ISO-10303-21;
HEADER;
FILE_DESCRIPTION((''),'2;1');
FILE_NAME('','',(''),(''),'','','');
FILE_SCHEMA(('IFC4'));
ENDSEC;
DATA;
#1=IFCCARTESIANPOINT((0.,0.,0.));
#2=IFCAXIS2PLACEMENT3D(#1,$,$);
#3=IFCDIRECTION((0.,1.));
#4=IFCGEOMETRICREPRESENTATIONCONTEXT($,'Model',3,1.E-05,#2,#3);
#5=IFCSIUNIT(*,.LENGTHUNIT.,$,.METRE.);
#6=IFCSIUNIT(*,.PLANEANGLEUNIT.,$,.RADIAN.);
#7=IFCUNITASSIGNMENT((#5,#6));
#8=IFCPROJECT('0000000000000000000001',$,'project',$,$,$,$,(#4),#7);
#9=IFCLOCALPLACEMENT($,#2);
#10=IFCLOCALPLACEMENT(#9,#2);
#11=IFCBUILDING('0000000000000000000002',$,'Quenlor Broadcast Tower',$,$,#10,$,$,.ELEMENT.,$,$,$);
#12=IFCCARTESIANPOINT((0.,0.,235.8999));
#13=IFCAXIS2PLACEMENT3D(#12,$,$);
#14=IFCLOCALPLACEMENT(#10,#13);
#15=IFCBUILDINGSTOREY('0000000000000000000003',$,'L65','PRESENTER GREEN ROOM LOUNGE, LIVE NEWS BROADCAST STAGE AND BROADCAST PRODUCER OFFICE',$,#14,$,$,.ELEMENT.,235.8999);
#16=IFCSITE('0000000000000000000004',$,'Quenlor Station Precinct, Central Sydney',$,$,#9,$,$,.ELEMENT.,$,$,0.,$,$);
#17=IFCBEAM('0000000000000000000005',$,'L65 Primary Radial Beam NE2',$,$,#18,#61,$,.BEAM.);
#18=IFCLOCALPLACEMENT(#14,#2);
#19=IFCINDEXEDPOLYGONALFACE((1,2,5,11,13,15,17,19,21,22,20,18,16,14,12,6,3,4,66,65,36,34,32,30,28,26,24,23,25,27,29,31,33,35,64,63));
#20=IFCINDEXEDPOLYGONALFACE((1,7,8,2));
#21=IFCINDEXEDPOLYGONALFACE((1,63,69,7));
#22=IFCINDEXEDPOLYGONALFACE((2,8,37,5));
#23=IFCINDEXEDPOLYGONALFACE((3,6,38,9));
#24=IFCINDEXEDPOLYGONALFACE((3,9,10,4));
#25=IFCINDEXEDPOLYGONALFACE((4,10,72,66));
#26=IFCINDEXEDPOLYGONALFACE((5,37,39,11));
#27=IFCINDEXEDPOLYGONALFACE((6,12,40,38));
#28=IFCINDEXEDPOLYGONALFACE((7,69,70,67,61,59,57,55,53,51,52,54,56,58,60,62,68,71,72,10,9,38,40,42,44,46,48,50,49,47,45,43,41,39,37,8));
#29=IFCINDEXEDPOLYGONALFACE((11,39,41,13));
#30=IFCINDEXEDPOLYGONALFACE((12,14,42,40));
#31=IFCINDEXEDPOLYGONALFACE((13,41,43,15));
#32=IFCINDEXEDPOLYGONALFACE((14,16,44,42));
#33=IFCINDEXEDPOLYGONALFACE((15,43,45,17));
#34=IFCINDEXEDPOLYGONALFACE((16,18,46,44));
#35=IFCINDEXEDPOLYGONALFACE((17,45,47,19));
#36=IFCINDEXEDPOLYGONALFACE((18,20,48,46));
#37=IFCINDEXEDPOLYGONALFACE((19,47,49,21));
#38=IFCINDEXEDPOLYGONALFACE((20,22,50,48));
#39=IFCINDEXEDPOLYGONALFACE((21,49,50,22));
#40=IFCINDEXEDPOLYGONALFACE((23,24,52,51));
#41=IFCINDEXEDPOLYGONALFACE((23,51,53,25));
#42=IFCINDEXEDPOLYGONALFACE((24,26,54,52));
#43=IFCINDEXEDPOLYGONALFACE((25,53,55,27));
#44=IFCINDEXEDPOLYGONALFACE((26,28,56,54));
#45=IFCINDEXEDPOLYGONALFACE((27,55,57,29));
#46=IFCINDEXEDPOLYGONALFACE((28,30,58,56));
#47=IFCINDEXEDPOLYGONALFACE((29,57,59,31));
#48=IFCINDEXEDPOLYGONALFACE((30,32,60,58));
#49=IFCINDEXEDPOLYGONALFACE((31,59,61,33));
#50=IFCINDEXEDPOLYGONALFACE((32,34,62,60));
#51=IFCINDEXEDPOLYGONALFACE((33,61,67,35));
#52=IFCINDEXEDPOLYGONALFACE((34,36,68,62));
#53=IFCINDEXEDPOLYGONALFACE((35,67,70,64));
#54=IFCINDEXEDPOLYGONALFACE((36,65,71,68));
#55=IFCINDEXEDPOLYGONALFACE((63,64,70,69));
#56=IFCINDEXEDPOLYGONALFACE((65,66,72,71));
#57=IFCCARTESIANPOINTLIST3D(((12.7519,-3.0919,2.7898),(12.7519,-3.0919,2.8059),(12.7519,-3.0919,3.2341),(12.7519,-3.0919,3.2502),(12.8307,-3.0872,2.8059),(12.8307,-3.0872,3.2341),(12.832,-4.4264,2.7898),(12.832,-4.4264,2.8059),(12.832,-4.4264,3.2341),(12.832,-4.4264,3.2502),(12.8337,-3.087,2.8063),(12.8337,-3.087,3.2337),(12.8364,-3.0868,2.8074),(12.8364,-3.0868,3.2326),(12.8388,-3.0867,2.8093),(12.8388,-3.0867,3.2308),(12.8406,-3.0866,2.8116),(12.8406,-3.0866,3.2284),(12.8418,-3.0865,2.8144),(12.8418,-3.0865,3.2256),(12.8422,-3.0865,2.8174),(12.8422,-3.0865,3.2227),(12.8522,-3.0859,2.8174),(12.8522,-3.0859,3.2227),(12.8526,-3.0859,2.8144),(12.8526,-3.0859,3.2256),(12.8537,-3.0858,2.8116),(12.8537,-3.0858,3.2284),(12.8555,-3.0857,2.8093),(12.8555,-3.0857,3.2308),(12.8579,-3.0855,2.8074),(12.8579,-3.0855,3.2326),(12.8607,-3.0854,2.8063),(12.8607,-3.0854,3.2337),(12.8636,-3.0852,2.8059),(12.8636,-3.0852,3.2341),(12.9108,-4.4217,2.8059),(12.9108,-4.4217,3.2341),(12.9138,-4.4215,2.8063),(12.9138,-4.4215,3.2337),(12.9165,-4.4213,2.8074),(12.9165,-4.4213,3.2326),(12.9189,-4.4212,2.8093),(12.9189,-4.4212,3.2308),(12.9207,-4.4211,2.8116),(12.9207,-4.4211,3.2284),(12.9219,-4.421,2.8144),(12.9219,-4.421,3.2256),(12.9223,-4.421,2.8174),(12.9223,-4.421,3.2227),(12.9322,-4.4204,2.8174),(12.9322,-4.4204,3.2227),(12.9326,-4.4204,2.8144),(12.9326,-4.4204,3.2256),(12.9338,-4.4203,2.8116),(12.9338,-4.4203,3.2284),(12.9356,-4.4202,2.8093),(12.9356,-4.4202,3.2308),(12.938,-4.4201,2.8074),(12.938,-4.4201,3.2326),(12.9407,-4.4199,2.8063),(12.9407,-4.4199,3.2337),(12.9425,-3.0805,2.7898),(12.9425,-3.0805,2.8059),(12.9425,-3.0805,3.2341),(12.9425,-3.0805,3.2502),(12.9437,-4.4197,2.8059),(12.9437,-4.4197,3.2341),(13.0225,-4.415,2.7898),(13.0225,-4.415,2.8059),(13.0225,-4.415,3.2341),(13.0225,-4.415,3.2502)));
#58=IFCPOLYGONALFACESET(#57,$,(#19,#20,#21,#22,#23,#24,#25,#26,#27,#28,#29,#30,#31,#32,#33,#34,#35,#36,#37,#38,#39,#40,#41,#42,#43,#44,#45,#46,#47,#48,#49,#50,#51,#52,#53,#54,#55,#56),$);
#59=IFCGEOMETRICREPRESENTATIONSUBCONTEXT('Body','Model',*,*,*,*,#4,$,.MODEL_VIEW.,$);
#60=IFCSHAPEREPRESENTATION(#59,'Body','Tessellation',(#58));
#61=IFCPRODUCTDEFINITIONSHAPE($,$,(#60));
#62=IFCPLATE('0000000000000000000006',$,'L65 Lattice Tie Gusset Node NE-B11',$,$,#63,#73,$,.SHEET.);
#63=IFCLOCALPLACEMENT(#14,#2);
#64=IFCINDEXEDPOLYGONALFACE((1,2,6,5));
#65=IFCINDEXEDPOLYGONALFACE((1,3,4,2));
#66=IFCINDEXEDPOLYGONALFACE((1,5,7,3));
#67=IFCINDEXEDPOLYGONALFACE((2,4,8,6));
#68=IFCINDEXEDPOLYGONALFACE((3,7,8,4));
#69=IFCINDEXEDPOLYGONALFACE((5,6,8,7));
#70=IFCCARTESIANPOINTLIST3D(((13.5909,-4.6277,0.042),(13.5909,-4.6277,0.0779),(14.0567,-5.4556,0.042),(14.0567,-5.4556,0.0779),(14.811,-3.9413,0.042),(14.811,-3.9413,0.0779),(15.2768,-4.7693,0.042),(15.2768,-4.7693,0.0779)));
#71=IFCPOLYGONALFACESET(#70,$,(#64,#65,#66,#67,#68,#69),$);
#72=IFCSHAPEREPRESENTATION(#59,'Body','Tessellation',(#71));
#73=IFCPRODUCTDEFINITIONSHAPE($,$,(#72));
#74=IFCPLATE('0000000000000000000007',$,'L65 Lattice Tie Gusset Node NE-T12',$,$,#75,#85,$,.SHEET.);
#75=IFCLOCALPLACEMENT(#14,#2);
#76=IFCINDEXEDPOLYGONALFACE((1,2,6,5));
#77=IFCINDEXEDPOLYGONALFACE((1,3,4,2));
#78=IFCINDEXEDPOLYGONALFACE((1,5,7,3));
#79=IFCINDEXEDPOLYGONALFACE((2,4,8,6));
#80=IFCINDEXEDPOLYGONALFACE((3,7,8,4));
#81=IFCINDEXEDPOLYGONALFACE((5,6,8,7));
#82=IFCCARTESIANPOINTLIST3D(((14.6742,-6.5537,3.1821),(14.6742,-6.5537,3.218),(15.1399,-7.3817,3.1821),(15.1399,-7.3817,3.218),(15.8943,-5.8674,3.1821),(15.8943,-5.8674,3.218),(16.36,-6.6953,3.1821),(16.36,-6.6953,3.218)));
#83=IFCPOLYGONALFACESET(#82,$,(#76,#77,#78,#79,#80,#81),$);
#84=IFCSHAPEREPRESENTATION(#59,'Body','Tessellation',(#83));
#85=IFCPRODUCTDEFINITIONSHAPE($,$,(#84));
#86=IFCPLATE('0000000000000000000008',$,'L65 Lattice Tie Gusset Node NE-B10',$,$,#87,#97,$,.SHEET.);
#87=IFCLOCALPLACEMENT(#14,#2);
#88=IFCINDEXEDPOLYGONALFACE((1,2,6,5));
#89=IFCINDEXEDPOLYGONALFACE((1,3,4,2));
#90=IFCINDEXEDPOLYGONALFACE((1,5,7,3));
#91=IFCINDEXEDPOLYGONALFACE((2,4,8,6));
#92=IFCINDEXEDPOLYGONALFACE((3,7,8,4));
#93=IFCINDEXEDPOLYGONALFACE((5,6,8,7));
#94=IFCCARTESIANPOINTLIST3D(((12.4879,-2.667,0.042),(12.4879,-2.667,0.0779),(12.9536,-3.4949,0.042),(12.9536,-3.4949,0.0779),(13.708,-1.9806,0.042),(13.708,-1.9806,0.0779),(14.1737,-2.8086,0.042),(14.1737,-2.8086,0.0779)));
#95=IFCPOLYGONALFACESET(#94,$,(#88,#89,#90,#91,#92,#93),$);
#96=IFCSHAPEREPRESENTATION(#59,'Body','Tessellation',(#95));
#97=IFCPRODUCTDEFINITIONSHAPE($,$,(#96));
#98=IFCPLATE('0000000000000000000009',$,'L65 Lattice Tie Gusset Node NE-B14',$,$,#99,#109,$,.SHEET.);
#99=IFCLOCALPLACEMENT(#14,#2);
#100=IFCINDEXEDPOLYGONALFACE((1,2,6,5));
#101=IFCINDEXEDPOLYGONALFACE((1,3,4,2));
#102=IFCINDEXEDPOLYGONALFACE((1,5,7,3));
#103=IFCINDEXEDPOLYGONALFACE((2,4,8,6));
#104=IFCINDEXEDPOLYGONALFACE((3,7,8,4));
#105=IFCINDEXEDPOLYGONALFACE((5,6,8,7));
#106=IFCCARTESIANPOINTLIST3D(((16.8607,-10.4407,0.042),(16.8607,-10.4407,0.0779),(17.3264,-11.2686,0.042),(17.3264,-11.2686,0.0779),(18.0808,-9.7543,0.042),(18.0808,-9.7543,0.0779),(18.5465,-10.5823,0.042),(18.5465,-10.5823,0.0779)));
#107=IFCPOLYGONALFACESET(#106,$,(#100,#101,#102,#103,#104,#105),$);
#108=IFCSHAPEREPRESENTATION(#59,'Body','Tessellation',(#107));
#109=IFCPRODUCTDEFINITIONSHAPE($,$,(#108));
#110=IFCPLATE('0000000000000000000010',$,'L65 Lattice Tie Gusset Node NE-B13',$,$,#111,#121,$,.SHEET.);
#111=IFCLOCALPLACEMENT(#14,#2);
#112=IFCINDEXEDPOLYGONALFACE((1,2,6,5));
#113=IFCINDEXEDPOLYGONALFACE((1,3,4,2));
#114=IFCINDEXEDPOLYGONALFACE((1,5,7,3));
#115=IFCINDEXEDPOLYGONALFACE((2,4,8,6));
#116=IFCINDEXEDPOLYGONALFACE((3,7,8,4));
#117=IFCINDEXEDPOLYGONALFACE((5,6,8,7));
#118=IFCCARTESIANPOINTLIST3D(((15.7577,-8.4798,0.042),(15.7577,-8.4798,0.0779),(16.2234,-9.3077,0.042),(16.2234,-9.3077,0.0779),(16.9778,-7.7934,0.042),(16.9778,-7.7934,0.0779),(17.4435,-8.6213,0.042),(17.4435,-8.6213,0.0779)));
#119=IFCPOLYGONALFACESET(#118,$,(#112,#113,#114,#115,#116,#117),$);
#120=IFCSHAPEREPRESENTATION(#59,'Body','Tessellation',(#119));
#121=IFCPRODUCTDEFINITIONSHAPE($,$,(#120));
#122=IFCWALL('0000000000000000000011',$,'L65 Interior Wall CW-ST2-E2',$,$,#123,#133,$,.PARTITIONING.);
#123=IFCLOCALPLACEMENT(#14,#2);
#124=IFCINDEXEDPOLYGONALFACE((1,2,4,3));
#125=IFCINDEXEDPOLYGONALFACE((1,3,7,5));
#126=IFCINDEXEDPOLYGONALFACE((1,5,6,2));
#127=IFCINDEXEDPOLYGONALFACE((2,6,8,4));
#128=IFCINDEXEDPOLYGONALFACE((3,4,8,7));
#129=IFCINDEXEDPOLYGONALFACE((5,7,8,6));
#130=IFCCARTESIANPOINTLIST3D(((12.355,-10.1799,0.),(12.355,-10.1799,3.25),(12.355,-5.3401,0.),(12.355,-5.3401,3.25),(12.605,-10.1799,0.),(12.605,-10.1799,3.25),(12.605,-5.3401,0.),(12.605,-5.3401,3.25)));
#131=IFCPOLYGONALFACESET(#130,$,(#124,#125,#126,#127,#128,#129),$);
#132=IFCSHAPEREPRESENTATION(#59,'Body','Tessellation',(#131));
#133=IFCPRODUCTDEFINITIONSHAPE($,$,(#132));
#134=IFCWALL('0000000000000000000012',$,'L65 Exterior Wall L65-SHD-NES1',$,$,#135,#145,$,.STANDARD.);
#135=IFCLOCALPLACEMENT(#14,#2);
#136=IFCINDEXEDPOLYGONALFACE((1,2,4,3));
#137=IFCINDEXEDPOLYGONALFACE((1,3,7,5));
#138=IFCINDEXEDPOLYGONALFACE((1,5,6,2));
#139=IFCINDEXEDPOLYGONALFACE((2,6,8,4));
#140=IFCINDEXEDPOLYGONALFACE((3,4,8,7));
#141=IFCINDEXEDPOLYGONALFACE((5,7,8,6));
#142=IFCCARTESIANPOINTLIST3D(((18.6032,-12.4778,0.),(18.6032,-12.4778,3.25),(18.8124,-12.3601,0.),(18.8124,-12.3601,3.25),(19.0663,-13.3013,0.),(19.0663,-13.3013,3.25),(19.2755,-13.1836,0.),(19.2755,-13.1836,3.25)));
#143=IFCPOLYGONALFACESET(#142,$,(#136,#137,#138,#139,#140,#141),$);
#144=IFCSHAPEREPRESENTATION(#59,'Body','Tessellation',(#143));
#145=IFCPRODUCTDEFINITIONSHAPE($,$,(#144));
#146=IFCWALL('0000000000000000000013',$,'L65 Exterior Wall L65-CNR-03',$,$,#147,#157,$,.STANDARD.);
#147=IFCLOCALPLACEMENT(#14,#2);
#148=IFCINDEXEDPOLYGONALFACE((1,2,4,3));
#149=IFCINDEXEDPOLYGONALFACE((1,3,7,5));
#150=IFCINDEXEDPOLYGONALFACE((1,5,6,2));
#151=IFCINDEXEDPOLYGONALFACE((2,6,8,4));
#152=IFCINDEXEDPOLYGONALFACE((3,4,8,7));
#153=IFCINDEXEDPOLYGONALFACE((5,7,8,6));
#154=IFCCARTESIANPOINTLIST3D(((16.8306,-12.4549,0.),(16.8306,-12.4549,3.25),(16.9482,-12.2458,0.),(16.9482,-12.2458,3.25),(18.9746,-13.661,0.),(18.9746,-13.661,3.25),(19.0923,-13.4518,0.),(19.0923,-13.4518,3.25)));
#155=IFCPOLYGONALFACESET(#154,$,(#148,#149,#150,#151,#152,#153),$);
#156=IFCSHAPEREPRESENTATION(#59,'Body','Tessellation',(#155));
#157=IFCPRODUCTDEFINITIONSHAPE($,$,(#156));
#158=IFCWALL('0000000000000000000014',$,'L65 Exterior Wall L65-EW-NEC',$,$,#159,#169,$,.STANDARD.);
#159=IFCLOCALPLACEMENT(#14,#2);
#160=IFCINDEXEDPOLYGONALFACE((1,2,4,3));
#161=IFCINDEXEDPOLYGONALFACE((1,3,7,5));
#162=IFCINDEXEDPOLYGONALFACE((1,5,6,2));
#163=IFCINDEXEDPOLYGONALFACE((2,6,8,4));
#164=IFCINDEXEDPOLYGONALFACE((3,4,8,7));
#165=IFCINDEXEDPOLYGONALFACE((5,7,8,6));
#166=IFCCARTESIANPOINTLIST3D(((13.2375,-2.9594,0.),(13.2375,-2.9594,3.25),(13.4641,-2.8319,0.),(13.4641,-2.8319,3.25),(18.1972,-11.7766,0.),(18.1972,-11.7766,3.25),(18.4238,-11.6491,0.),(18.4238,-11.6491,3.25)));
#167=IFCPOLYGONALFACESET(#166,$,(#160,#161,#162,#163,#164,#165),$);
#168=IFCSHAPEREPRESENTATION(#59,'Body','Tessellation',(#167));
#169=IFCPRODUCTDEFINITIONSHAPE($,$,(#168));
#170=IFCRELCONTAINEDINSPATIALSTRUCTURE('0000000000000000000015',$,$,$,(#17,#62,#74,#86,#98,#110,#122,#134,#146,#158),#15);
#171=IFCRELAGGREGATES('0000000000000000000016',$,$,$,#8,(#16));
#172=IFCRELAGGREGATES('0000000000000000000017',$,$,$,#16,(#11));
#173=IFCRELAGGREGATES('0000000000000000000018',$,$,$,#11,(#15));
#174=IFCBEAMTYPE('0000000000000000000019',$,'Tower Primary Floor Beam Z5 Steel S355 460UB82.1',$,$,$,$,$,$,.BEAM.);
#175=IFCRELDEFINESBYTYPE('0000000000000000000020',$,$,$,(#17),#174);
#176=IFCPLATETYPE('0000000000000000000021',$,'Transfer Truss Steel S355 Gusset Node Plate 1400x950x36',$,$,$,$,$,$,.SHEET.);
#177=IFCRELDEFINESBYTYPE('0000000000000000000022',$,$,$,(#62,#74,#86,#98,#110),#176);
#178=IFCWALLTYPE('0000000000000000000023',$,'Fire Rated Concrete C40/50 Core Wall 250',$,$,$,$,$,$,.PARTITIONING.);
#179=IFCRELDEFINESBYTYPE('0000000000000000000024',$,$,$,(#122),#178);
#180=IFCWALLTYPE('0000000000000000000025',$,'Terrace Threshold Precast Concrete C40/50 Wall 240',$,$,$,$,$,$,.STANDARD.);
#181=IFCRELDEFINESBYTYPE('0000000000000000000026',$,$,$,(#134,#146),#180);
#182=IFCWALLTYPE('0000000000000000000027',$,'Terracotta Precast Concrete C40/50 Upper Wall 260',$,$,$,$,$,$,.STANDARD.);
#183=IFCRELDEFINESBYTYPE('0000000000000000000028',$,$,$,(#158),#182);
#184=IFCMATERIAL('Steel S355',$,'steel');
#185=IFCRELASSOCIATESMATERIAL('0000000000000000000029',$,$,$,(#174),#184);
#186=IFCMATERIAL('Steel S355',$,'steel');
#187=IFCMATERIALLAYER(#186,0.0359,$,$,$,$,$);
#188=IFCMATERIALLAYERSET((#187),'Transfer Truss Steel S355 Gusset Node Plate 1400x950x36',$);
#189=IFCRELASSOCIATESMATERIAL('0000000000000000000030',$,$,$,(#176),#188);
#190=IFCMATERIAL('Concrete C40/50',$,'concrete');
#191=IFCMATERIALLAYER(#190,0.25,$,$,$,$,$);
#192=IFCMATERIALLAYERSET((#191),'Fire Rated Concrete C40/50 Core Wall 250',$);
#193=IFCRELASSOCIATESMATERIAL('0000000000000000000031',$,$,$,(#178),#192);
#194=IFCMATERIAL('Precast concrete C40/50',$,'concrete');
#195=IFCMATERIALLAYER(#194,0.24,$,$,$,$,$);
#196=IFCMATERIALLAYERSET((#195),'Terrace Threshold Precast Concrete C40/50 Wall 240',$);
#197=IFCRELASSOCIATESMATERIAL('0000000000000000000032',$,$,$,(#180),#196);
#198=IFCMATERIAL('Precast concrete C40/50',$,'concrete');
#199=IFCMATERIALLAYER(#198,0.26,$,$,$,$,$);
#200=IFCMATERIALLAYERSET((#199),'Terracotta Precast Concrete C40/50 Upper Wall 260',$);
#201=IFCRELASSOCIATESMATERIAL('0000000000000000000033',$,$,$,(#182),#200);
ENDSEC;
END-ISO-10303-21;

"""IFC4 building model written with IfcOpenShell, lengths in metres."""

from ifc_helpers import new_model, si_unit, direction, frame, frame_2d, origin, origin_2d, place, context, subcontext, project, spatial, rectangle, i_section, extrude, material, layer, layer_set, material_profile, profile_set, type_object, element, save


model = new_model("IFC4")

# Units and contexts
model_context = context("Model", 3, precision=1e-05, world=origin(), true_north=direction((0.0, 1.0)))
body_context = subcontext(model_context, "Body", "Model", "MODEL_VIEW")
ifc_project = project(units=[si_unit("LENGTHUNIT", "METRE"), si_unit("PLANEANGLEUNIT", "RADIAN")], contexts=[model_context])

# Site, building, storey
site_placement = place(None, origin())
site = spatial("IfcSite", under=ifc_project, at=site_placement, Name="Quenlor Station Precinct, Central Sydney", CompositionType="ELEMENT", RefElevation=0.0)
building_placement = place(site_placement, origin())
building = spatial("IfcBuilding", under=site, at=building_placement, Name="Quenlor Broadcast Tower", CompositionType="ELEMENT")
storey_placement = place(building_placement, frame((0.0, 0.0, 235.8999)))
storey = spatial("IfcBuildingStorey", under=building, at=storey_placement, Name="L65", Description="PRESENTER GREEN ROOM LOUNGE, LIVE NEWS BROADCAST STAGE AND BROADCAST PRODUCER OFFICE", CompositionType="ELEMENT", Elevation=235.8999)

# Beam
ifc_material_1 = material(Name="Steel S355", Category="steel")
ifc_material_profile_1 = material_profile(ifc_material_1, i_section(OverallWidth=0.1909, OverallDepth=0.4604, WebThickness=0.01, FlangeThickness=0.0161, FilletRadius=0.0115, at=origin_2d()))
ifc_profile_set_1 = profile_set([ifc_material_profile_1], Name="Steel S355 460UB82.1")
beam_type_1 = type_object("IfcBeamType", Name="Tower Primary Floor Beam Z5 Steel S355 460UB82.1", PredefinedType="BEAM", material=ifc_profile_set_1)
beam_1_placement = place(storey_placement, frame((12.8472, -3.0862, 3.02), z_axis=(0.0599, -0.998204, 0.0), x_axis=(0.998204, 0.0599, 0.0)))
element("IfcBeam", 1, at=beam_1_placement, inside=storey, type_object=beam_type_1, Name="L65 Primary Radial Beam NE2", PredefinedType="BEAM", context=body_context, shape_type="SweptSolid", body=[
    extrude(i_section(OverallWidth=0.1909, OverallDepth=0.4604, WebThickness=0.01, FlangeThickness=0.0161, FilletRadius=0.0115, at=origin_2d()), origin(), (0.0, 0.0, 1.0), 1.3369),
])

# Plates
ifc_material_2 = material(Name="Steel S355", Category="steel")
ifc_layer_1 = layer(ifc_material_2, 0.0359)
ifc_layer_set_1 = layer_set([ifc_layer_1], Name="Transfer Truss Steel S355 Gusset Node Plate 1400x950x36")
plate_type = type_object("IfcPlateType", Name="Transfer Truss Steel S355 Gusset Node Plate 1400x950x36", PredefinedType="SHEET", material=ifc_layer_set_1)
for number, where, z_axis, x_axis, name in (
    (2, (14.4338, -4.6985, 0.042), (0.0, 0.0, 1.0), (0.871556, 0.490295, 0.0), "L65 Lattice Tie Gusset Node NE-B11"),
    (3, (15.5171, -6.6245, 3.1821), (0.0, 0.0, 1.0), (0.871556, 0.490295, 0.0), "L65 Lattice Tie Gusset Node NE-T12"),
    (4, (13.3308, -2.7378, 0.042), (0.0, 0.0, 1.0), (0.871556, 0.490295, 0.0), "L65 Lattice Tie Gusset Node NE-B10"),
    (5, (17.7036, -10.5115, 0.042), (0.0, 0.0, 1.0), (0.871556, 0.490295, 0.0), "L65 Lattice Tie Gusset Node NE-B14"),
    (6, (16.6006, -8.5505, 0.042), (0.0, 0.0, 1.0), (0.871556, 0.490295, 0.0), "L65 Lattice Tie Gusset Node NE-B13"),
):
    element("IfcPlate", number, at=place(storey_placement, frame(where, z_axis=z_axis, x_axis=x_axis)), inside=storey, type_object=plate_type, Name=name, PredefinedType="SHEET", context=body_context, shape_type="SweptSolid", body=[
        extrude(rectangle(XDim=1.3999, YDim=0.95, at=origin_2d()), origin(), (0.0, 0.0, 1.0), 0.0359),
    ])

# Walls
ifc_material_3 = material(Name="Concrete C40/50", Category="concrete")
ifc_layer_2 = layer(ifc_material_3, 0.25)
ifc_layer_set_2 = layer_set([ifc_layer_2], Name="Fire Rated Concrete C40/50 Core Wall 250")
wall_type_1 = type_object("IfcWallType", Name="Fire Rated Concrete C40/50 Core Wall 250", PredefinedType="PARTITIONING", material=ifc_layer_set_2)
wall_1_placement = place(storey_placement, frame((12.48, -10.1799, 0.0), z_axis=(0.0, 0.0, 1.0), x_axis=(0.0, 1.0, 0.0)))
element("IfcWall", 7, at=wall_1_placement, inside=storey, type_object=wall_type_1, Name="L65 Interior Wall CW-ST2-E2", PredefinedType="PARTITIONING", context=body_context, shape_type="SweptSolid", body=[
    extrude(rectangle(XDim=4.8398, YDim=0.25, at=frame_2d((2.4199, 0.0))), origin(), (0.0, 0.0, 1.0), 3.25),
])
ifc_material_4 = material(Name="Precast concrete C40/50", Category="concrete")
ifc_layer_3 = layer(ifc_material_4, 0.24)
ifc_layer_set_3 = layer_set([ifc_layer_3], Name="Terrace Threshold Precast Concrete C40/50 Wall 240")
wall_type_2 = type_object("IfcWallType", Name="Terrace Threshold Precast Concrete C40/50 Wall 240", PredefinedType="STANDARD", material=ifc_layer_set_3)
wall_2_placement = place(storey_placement, frame((18.7078, -12.4189, 0.0), z_axis=(0.0, 0.0, 1.0), x_axis=(0.4902, -0.87161, 0.0)))
element("IfcWall", 8, at=wall_2_placement, inside=storey, type_object=wall_type_2, Name="L65 Exterior Wall L65-SHD-NES1", PredefinedType="STANDARD", context=body_context, shape_type="SweptSolid", body=[
    extrude(rectangle(XDim=0.9448, YDim=0.24, at=frame_2d((0.4724, 0.0))), origin(), (0.0, 0.0, 1.0), 3.25),
])
wall_3_placement = place(storey_placement, frame((16.8894, -12.3503, 0.0), z_axis=(0.0, 0.0, 1.0), x_axis=(0.87157, -0.490271, 0.0)))
element("IfcWall", 9, at=wall_3_placement, inside=storey, type_object=wall_type_2, Name="L65 Exterior Wall L65-CNR-03", PredefinedType="STANDARD", context=body_context, shape_type="SweptSolid", body=[
    extrude(rectangle(XDim=2.46, YDim=0.24, at=frame_2d((1.23, 0.0))), origin(), (0.0, 0.0, 1.0), 3.25),
])
ifc_material_5 = material(Name="Precast concrete C40/50", Category="concrete")
ifc_layer_4 = layer(ifc_material_5, 0.26)
ifc_layer_set_4 = layer_set([ifc_layer_4], Name="Terracotta Precast Concrete C40/50 Upper Wall 260")
wall_type_3 = type_object("IfcWallType", Name="Terracotta Precast Concrete C40/50 Upper Wall 260", PredefinedType="STANDARD", material=ifc_layer_set_4)
wall_4_placement = place(storey_placement, frame((13.3508, -2.8958, 0.0), z_axis=(0.0, 0.0, 1.0), x_axis=(0.490267, -0.871572, 0.0)))
element("IfcWall", 10, at=wall_4_placement, inside=storey, type_object=wall_type_3, Name="L65 Exterior Wall L65-EW-NEC", PredefinedType="STANDARD", context=body_context, shape_type="SweptSolid", body=[
    extrude(rectangle(XDim=10.1165, YDim=0.26, at=frame_2d((5.0581, 0.0))), origin(), (0.0, 0.0, 1.0), 3.25),
])

save(model, "model.ifc")
